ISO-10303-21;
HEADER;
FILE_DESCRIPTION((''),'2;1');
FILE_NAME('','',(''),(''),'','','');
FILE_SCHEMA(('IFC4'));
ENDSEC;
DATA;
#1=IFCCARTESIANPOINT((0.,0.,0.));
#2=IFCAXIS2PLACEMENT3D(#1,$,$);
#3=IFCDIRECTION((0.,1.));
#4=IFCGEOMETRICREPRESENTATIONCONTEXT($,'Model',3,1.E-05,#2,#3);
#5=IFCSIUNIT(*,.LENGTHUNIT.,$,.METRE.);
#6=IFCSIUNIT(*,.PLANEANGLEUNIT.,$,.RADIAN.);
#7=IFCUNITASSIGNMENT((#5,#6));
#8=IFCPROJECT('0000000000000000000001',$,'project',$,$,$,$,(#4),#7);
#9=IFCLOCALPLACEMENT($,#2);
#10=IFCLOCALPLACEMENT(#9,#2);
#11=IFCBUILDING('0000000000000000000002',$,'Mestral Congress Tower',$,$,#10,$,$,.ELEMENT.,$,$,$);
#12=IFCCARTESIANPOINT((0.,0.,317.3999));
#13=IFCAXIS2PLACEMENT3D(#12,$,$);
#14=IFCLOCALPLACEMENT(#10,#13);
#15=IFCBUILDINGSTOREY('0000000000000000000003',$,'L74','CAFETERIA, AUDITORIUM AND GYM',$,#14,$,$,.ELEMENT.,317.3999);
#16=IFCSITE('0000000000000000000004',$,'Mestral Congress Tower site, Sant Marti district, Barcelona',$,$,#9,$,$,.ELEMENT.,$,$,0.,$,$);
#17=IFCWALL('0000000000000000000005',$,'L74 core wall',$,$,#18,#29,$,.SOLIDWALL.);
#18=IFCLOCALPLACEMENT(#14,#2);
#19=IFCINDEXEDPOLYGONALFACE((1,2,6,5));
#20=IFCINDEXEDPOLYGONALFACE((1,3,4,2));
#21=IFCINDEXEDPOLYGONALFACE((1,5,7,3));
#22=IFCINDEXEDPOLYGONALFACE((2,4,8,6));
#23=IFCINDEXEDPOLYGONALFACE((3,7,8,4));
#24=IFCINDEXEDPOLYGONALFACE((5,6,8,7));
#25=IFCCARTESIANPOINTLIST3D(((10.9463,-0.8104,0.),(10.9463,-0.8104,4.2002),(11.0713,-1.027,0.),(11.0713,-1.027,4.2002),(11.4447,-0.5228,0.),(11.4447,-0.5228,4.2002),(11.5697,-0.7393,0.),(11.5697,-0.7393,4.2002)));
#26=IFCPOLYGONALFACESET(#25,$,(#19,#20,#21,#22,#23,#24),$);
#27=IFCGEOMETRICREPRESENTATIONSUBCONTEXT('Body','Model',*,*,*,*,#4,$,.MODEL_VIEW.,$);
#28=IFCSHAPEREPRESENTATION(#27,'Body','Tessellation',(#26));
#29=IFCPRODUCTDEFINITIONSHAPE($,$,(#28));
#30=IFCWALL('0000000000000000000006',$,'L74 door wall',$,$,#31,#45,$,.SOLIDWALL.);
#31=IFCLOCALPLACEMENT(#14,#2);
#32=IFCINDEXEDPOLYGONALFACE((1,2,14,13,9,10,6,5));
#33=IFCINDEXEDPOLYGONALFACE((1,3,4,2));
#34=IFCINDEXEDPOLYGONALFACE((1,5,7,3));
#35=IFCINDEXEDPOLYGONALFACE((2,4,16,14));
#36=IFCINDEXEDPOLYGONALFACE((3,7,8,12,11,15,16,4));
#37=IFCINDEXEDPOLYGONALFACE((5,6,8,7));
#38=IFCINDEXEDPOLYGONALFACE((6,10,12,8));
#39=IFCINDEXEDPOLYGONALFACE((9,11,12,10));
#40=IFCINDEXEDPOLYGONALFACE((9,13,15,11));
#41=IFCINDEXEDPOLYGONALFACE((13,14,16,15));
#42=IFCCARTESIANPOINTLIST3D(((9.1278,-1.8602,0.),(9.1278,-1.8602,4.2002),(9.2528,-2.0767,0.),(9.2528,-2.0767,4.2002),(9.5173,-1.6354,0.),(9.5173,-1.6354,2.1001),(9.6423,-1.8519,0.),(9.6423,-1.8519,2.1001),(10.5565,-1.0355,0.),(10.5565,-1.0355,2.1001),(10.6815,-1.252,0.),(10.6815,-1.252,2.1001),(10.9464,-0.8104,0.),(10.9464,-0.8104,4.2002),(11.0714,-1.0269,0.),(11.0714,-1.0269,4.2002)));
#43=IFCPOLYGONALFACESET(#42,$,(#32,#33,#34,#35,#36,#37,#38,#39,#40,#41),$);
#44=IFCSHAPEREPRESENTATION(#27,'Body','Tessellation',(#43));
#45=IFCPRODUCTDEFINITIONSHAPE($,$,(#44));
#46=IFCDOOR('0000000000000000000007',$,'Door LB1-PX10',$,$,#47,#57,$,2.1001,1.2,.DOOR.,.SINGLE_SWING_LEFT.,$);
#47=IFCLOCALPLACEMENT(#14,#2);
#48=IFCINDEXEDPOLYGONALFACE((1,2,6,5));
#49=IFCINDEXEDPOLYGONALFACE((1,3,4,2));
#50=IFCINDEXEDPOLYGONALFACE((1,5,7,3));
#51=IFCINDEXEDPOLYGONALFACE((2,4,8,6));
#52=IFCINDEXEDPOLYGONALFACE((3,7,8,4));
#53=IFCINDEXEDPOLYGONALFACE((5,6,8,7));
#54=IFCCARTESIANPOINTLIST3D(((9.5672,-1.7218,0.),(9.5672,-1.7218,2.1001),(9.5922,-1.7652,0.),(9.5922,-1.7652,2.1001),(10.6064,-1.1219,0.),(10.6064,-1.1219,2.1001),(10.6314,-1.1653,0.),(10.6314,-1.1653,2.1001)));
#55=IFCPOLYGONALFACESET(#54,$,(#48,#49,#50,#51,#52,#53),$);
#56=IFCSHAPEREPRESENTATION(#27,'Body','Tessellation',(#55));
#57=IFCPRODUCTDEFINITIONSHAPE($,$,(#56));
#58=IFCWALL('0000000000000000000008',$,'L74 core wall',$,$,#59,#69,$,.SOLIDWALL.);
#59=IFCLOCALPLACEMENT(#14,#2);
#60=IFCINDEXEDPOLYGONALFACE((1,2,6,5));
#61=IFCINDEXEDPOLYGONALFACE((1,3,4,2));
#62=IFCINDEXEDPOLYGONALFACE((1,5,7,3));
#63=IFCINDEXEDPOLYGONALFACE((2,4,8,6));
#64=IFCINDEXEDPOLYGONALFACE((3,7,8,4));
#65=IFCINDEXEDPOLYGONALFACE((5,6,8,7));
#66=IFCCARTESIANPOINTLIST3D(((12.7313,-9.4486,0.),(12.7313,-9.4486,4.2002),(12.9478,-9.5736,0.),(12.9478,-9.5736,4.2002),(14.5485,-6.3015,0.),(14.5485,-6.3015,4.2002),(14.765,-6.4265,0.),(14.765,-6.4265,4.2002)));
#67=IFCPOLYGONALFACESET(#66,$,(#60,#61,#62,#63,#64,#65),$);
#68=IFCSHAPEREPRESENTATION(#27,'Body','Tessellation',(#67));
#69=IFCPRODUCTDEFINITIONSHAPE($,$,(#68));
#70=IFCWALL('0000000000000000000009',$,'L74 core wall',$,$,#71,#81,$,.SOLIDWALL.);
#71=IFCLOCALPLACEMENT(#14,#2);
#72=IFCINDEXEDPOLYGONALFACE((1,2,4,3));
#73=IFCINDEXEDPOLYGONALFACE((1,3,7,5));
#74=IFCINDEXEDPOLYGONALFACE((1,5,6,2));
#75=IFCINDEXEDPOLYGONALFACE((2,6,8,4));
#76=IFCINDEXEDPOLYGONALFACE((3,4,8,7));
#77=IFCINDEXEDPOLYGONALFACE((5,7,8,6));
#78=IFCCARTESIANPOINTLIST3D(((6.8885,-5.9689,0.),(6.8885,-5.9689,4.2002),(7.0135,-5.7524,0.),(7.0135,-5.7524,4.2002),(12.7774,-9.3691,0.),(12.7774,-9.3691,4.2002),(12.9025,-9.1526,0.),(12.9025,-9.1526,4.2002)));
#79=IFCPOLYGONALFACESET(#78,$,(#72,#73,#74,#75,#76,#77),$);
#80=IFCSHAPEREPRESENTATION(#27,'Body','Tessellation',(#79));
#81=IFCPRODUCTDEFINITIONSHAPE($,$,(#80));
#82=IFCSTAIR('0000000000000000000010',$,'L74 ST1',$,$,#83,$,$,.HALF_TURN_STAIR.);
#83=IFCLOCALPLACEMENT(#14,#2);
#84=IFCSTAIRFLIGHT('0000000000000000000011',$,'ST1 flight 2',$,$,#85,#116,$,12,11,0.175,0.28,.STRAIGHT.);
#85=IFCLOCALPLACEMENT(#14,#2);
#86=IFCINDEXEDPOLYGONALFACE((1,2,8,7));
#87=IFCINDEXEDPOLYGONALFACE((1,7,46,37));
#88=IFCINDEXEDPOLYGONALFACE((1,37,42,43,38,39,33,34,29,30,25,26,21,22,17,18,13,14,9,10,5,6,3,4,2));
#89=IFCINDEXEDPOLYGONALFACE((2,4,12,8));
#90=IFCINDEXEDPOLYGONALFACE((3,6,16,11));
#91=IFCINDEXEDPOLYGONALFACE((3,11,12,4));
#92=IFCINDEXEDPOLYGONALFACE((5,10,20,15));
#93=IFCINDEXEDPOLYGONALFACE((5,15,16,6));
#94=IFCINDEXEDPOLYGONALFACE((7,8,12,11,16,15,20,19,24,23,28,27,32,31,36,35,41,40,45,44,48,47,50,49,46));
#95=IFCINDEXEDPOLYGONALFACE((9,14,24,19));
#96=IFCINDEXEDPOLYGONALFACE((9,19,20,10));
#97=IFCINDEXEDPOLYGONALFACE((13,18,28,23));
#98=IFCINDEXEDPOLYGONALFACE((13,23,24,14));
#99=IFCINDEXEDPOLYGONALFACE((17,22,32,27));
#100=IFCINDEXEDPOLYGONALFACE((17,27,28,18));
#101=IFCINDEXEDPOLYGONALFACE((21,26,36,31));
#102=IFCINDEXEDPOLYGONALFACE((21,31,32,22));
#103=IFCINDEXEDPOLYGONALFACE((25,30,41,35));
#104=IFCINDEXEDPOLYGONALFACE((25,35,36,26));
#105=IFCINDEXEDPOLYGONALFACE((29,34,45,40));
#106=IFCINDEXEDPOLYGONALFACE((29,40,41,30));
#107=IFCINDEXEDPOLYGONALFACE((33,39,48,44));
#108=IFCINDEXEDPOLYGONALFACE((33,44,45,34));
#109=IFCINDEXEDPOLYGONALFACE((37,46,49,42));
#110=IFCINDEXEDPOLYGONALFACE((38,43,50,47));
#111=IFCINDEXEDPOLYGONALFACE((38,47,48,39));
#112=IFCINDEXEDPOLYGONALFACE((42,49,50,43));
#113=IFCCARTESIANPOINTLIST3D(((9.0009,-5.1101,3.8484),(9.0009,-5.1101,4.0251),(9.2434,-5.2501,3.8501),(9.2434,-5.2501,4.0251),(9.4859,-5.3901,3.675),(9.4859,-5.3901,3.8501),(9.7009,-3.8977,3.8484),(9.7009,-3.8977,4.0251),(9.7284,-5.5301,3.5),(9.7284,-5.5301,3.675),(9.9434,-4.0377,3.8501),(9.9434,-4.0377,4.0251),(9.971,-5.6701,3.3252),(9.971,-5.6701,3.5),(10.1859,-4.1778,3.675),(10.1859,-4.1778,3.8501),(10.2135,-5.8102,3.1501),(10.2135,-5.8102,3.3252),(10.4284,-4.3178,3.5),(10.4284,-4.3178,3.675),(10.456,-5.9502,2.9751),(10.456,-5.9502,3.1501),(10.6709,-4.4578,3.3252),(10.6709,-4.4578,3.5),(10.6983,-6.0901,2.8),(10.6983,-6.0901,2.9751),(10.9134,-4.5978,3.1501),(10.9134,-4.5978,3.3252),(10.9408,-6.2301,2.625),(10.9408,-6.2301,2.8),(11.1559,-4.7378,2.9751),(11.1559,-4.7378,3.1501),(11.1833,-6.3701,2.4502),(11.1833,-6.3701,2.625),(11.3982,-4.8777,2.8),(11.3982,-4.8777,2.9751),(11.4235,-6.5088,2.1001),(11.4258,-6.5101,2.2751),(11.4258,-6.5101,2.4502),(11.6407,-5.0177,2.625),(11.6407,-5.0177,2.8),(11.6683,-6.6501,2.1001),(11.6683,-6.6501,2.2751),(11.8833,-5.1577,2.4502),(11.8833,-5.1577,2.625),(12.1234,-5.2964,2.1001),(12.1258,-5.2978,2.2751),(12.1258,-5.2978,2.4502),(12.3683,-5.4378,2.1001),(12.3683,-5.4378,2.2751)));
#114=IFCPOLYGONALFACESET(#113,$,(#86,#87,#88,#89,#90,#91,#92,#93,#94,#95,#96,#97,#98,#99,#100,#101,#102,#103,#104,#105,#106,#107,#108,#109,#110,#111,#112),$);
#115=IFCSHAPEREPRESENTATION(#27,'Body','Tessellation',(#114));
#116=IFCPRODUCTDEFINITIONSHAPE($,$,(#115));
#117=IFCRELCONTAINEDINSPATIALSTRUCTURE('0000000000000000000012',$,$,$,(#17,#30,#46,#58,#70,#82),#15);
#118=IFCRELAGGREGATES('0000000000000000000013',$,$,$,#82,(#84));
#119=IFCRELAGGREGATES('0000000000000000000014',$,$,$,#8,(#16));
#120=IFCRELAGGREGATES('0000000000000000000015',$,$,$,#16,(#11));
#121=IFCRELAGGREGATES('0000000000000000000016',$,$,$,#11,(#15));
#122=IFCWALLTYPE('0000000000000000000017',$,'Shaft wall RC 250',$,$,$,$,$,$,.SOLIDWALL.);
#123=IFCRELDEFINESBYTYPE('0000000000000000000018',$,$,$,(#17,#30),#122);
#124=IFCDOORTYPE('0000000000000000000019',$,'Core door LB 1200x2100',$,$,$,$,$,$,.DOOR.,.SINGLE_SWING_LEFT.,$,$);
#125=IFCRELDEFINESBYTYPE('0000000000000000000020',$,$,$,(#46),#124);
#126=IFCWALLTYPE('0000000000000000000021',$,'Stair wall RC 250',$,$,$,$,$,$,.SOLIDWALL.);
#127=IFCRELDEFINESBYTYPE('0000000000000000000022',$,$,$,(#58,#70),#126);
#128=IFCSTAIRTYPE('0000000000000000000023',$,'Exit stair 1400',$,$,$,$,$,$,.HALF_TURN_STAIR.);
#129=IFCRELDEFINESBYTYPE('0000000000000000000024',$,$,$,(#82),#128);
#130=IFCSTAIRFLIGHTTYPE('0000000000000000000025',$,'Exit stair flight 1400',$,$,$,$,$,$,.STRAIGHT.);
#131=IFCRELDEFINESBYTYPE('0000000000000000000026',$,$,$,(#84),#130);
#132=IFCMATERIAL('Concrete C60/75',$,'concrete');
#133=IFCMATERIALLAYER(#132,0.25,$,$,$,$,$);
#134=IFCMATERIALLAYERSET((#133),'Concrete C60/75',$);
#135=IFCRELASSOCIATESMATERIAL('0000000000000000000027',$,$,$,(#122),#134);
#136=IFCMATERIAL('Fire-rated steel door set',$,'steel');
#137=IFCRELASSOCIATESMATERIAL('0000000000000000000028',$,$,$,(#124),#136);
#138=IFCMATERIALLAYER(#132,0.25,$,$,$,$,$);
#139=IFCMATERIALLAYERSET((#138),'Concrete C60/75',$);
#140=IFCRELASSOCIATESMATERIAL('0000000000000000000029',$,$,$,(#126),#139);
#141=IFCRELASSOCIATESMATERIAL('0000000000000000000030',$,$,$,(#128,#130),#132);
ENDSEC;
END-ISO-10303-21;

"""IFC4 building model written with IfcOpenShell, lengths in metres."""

from ifc_helpers import new_model, si_unit, direction, frame, frame_2d, origin, place, context, subcontext, project, spatial, polyline, rectangle, outline, extrude, material, layer, layer_set, type_object, element, fill, aggregate, save


model = new_model("IFC4")

# Units and contexts
model_context = context("Model", 3, precision=1e-05, world=origin(), true_north=direction((0.0, 1.0)))
body_context = subcontext(model_context, "Body", "Model", "MODEL_VIEW")
ifc_project = project(units=[si_unit("LENGTHUNIT", "METRE"), si_unit("PLANEANGLEUNIT", "RADIAN")], contexts=[model_context])

# Site, building, storey
site_placement = place(None, origin())
site = spatial("IfcSite", under=ifc_project, at=site_placement, Name="Mestral Congress Tower site, Sant Marti district, Barcelona", CompositionType="ELEMENT", RefElevation=0.0)
building_placement = place(site_placement, origin())
building = spatial("IfcBuilding", under=site, at=building_placement, Name="Mestral Congress Tower", CompositionType="ELEMENT")
storey_placement = place(building_placement, frame((0.0, 0.0, 317.3999)))
storey = spatial("IfcBuildingStorey", under=building, at=storey_placement, Name="L74", Description="CAFETERIA, AUDITORIUM AND GYM", CompositionType="ELEMENT", Elevation=317.3999)

# Shared definitions
ifc_material_1 = material(Name="Concrete C60/75", Category="concrete")

# Wall
ifc_layer_1 = layer(ifc_material_1, 0.25)
ifc_layer_set_1 = layer_set([ifc_layer_1], Name="Concrete C60/75")
wall_type_1 = type_object("IfcWallType", Name="Shaft wall RC 250", PredefinedType="SOLIDWALL", material=ifc_layer_set_1)
wall_1_placement = place(storey_placement, frame((11.5071, -0.6311, 0.0), z_axis=(0.0, 0.0, 1.0), x_axis=(-0.866094, -0.499882, 0.0)))
element("IfcWall", 1, at=wall_1_placement, inside=storey, type_object=wall_type_1, Name="L74 core wall", PredefinedType="SOLIDWALL", context=body_context, shape_type="SweptSolid", body=[
    extrude(rectangle(XDim=0.5754, YDim=0.25, at=frame_2d((0.2876, 0.0))), origin(), (0.0, 0.0, 1.0), 4.2002),
])

# Wall, opening, door
wall_2_placement = place(storey_placement, frame((11.0088, -0.9187, 0.0), z_axis=(0.0, 0.0, 1.0), x_axis=(-0.86606, -0.499941, 0.0)))
wall_2 = element("IfcWall", 2, at=wall_2_placement, inside=storey, type_object=wall_type_1, Name="L74 door wall", PredefinedType="SOLIDWALL", context=body_context, shape_type="SweptSolid", body=[
    extrude(rectangle(XDim=2.0999, YDim=0.25, at=frame_2d((1.0498, 0.0))), origin(), (0.0, 0.0, 1.0), 4.2002),
])
opening_1_placement = place(wall_2_placement, frame((0.45, 0.0, 0.0)))
opening_1 = element("IfcOpeningElement", 3, at=opening_1_placement, cuts=wall_2, PredefinedType="OPENING", context=body_context, shape_type="SweptSolid", body=[
    extrude(rectangle(XDim=1.2, YDim=2.1001, at=frame_2d((0.6001, 1.05))), frame((0.0, 0.135, 0.0), z_axis=(0.0, -1.0, 0.0), x_axis=(1.0, 0.0, 0.0)), (0.0, 0.0, 1.0), 0.27),
])
ifc_material_2 = material(Name="Fire-rated steel door set", Category="steel")
door_type = type_object("IfcDoorType", Name="Core door LB 1200x2100", OperationType="SINGLE_SWING_LEFT", PredefinedType="DOOR", material=ifc_material_2)
door_placement = place(opening_1_placement, origin())
door = element("IfcDoor", 4, at=door_placement, inside=storey, type_object=door_type, Name="Door LB1-PX10", OperationType="SINGLE_SWING_LEFT", OverallHeight=2.1001, OverallWidth=1.2, PredefinedType="DOOR", context=body_context, shape_type="SweptSolid", body=[
    extrude(rectangle(XDim=1.2, YDim=2.1001, at=frame_2d((0.6001, 1.05))), frame((0.0, 0.0249, 0.0), z_axis=(0.0, -1.0, 0.0), x_axis=(1.0, 0.0, 0.0)), (0.0, 0.0, 1.0), 0.05),
])
fill(opening_1, door)

# Walls
ifc_layer_2 = layer(ifc_material_1, 0.25)
ifc_layer_set_2 = layer_set([ifc_layer_2], Name="Concrete C60/75")
wall_type_2 = type_object("IfcWallType", Name="Stair wall RC 250", PredefinedType="SOLIDWALL", material=ifc_layer_set_2)
wall_3_placement = place(storey_placement, frame((12.8396, -9.511, 0.0), z_axis=(0.0, 0.0, 1.0), x_axis=(0.500048, 0.865998, 0.0)))
element("IfcWall", 5, at=wall_3_placement, inside=storey, type_object=wall_type_2, Name="L74 core wall", PredefinedType="SOLIDWALL", context=body_context, shape_type="SweptSolid", body=[
    extrude(rectangle(XDim=3.634, YDim=0.25, at=frame_2d((1.8169, 0.0))), origin(), (0.0, 0.0, 1.0), 4.2002),
])
wall_4_placement = place(storey_placement, frame((12.8398, -9.2607, 0.0), z_axis=(0.0, 0.0, 1.0), x_axis=(-0.866014, 0.50002, 0.0)))
element("IfcWall", 6, at=wall_4_placement, inside=storey, type_object=wall_type_2, Name="L74 core wall", PredefinedType="SOLIDWALL", context=body_context, shape_type="SweptSolid", body=[
    extrude(rectangle(XDim=6.8, YDim=0.25, at=frame_2d((3.3999, 0.0))), origin(), (0.0, 0.0, 1.0), 4.2002),
])

# Stair, stair flight
stair_type = type_object("IfcStairType", Name="Exit stair 1400", PredefinedType="HALF_TURN_STAIR", material=ifc_material_1)
stair_placement = place(storey_placement, origin())
stair = element("IfcStair", 7, at=stair_placement, inside=storey, type_object=stair_type, Name="L74 ST1", PredefinedType="HALF_TURN_STAIR")
stair_flight_type = type_object("IfcStairFlightType", Name="Exit stair flight 1400", PredefinedType="STRAIGHT", material=ifc_material_1)
stair_flight_placement = place(storey_placement, frame((12.0183, -6.0439, 2.1001), z_axis=(0.0, 0.0, 1.0), x_axis=(-0.866025, 0.5, 0.0)))
stair_flight = element("IfcStairFlight", 8, at=stair_flight_placement, type_object=stair_flight_type, Name="ST1 flight 2", NumberOfRisers=12, NumberOfTreads=11, PredefinedType="STRAIGHT", RiserHeight=0.175, TreadLength=0.28, context=body_context, shape_type="SweptSolid", body=[
    extrude(outline(polyline([(0.0, 0.0), (0.0, 0.175), (0.28, 0.175), (0.28, 0.3501), (0.5601, 0.3501), (0.5601, 0.5249), (0.8401, 0.5249), (0.8401, 0.7), (1.1201, 0.7), (1.1201, 0.875), (1.3999, 0.875), (1.3999, 1.05), (1.6799, 1.05), (1.6799, 1.2251), (1.96, 1.2251), (1.96, 1.3999), (2.24, 1.3999), (2.24, 1.575), (2.52, 1.575), (2.52, 1.75), (2.8, 1.75), (2.8, 1.925), (3.0801, 1.925), (3.0801, 2.1001), (3.0801, 1.7483), (0.2827, 0.0), (0.0, 0.0)])), frame((0.0, 0.7, 0.0), z_axis=(0.0, -1.0, 0.0), x_axis=(1.0, 0.0, 0.0)), (0.0, 0.0, 1.0), 1.3999),
])
aggregate(stair, [stair_flight])

save(model, "model.ifc")
